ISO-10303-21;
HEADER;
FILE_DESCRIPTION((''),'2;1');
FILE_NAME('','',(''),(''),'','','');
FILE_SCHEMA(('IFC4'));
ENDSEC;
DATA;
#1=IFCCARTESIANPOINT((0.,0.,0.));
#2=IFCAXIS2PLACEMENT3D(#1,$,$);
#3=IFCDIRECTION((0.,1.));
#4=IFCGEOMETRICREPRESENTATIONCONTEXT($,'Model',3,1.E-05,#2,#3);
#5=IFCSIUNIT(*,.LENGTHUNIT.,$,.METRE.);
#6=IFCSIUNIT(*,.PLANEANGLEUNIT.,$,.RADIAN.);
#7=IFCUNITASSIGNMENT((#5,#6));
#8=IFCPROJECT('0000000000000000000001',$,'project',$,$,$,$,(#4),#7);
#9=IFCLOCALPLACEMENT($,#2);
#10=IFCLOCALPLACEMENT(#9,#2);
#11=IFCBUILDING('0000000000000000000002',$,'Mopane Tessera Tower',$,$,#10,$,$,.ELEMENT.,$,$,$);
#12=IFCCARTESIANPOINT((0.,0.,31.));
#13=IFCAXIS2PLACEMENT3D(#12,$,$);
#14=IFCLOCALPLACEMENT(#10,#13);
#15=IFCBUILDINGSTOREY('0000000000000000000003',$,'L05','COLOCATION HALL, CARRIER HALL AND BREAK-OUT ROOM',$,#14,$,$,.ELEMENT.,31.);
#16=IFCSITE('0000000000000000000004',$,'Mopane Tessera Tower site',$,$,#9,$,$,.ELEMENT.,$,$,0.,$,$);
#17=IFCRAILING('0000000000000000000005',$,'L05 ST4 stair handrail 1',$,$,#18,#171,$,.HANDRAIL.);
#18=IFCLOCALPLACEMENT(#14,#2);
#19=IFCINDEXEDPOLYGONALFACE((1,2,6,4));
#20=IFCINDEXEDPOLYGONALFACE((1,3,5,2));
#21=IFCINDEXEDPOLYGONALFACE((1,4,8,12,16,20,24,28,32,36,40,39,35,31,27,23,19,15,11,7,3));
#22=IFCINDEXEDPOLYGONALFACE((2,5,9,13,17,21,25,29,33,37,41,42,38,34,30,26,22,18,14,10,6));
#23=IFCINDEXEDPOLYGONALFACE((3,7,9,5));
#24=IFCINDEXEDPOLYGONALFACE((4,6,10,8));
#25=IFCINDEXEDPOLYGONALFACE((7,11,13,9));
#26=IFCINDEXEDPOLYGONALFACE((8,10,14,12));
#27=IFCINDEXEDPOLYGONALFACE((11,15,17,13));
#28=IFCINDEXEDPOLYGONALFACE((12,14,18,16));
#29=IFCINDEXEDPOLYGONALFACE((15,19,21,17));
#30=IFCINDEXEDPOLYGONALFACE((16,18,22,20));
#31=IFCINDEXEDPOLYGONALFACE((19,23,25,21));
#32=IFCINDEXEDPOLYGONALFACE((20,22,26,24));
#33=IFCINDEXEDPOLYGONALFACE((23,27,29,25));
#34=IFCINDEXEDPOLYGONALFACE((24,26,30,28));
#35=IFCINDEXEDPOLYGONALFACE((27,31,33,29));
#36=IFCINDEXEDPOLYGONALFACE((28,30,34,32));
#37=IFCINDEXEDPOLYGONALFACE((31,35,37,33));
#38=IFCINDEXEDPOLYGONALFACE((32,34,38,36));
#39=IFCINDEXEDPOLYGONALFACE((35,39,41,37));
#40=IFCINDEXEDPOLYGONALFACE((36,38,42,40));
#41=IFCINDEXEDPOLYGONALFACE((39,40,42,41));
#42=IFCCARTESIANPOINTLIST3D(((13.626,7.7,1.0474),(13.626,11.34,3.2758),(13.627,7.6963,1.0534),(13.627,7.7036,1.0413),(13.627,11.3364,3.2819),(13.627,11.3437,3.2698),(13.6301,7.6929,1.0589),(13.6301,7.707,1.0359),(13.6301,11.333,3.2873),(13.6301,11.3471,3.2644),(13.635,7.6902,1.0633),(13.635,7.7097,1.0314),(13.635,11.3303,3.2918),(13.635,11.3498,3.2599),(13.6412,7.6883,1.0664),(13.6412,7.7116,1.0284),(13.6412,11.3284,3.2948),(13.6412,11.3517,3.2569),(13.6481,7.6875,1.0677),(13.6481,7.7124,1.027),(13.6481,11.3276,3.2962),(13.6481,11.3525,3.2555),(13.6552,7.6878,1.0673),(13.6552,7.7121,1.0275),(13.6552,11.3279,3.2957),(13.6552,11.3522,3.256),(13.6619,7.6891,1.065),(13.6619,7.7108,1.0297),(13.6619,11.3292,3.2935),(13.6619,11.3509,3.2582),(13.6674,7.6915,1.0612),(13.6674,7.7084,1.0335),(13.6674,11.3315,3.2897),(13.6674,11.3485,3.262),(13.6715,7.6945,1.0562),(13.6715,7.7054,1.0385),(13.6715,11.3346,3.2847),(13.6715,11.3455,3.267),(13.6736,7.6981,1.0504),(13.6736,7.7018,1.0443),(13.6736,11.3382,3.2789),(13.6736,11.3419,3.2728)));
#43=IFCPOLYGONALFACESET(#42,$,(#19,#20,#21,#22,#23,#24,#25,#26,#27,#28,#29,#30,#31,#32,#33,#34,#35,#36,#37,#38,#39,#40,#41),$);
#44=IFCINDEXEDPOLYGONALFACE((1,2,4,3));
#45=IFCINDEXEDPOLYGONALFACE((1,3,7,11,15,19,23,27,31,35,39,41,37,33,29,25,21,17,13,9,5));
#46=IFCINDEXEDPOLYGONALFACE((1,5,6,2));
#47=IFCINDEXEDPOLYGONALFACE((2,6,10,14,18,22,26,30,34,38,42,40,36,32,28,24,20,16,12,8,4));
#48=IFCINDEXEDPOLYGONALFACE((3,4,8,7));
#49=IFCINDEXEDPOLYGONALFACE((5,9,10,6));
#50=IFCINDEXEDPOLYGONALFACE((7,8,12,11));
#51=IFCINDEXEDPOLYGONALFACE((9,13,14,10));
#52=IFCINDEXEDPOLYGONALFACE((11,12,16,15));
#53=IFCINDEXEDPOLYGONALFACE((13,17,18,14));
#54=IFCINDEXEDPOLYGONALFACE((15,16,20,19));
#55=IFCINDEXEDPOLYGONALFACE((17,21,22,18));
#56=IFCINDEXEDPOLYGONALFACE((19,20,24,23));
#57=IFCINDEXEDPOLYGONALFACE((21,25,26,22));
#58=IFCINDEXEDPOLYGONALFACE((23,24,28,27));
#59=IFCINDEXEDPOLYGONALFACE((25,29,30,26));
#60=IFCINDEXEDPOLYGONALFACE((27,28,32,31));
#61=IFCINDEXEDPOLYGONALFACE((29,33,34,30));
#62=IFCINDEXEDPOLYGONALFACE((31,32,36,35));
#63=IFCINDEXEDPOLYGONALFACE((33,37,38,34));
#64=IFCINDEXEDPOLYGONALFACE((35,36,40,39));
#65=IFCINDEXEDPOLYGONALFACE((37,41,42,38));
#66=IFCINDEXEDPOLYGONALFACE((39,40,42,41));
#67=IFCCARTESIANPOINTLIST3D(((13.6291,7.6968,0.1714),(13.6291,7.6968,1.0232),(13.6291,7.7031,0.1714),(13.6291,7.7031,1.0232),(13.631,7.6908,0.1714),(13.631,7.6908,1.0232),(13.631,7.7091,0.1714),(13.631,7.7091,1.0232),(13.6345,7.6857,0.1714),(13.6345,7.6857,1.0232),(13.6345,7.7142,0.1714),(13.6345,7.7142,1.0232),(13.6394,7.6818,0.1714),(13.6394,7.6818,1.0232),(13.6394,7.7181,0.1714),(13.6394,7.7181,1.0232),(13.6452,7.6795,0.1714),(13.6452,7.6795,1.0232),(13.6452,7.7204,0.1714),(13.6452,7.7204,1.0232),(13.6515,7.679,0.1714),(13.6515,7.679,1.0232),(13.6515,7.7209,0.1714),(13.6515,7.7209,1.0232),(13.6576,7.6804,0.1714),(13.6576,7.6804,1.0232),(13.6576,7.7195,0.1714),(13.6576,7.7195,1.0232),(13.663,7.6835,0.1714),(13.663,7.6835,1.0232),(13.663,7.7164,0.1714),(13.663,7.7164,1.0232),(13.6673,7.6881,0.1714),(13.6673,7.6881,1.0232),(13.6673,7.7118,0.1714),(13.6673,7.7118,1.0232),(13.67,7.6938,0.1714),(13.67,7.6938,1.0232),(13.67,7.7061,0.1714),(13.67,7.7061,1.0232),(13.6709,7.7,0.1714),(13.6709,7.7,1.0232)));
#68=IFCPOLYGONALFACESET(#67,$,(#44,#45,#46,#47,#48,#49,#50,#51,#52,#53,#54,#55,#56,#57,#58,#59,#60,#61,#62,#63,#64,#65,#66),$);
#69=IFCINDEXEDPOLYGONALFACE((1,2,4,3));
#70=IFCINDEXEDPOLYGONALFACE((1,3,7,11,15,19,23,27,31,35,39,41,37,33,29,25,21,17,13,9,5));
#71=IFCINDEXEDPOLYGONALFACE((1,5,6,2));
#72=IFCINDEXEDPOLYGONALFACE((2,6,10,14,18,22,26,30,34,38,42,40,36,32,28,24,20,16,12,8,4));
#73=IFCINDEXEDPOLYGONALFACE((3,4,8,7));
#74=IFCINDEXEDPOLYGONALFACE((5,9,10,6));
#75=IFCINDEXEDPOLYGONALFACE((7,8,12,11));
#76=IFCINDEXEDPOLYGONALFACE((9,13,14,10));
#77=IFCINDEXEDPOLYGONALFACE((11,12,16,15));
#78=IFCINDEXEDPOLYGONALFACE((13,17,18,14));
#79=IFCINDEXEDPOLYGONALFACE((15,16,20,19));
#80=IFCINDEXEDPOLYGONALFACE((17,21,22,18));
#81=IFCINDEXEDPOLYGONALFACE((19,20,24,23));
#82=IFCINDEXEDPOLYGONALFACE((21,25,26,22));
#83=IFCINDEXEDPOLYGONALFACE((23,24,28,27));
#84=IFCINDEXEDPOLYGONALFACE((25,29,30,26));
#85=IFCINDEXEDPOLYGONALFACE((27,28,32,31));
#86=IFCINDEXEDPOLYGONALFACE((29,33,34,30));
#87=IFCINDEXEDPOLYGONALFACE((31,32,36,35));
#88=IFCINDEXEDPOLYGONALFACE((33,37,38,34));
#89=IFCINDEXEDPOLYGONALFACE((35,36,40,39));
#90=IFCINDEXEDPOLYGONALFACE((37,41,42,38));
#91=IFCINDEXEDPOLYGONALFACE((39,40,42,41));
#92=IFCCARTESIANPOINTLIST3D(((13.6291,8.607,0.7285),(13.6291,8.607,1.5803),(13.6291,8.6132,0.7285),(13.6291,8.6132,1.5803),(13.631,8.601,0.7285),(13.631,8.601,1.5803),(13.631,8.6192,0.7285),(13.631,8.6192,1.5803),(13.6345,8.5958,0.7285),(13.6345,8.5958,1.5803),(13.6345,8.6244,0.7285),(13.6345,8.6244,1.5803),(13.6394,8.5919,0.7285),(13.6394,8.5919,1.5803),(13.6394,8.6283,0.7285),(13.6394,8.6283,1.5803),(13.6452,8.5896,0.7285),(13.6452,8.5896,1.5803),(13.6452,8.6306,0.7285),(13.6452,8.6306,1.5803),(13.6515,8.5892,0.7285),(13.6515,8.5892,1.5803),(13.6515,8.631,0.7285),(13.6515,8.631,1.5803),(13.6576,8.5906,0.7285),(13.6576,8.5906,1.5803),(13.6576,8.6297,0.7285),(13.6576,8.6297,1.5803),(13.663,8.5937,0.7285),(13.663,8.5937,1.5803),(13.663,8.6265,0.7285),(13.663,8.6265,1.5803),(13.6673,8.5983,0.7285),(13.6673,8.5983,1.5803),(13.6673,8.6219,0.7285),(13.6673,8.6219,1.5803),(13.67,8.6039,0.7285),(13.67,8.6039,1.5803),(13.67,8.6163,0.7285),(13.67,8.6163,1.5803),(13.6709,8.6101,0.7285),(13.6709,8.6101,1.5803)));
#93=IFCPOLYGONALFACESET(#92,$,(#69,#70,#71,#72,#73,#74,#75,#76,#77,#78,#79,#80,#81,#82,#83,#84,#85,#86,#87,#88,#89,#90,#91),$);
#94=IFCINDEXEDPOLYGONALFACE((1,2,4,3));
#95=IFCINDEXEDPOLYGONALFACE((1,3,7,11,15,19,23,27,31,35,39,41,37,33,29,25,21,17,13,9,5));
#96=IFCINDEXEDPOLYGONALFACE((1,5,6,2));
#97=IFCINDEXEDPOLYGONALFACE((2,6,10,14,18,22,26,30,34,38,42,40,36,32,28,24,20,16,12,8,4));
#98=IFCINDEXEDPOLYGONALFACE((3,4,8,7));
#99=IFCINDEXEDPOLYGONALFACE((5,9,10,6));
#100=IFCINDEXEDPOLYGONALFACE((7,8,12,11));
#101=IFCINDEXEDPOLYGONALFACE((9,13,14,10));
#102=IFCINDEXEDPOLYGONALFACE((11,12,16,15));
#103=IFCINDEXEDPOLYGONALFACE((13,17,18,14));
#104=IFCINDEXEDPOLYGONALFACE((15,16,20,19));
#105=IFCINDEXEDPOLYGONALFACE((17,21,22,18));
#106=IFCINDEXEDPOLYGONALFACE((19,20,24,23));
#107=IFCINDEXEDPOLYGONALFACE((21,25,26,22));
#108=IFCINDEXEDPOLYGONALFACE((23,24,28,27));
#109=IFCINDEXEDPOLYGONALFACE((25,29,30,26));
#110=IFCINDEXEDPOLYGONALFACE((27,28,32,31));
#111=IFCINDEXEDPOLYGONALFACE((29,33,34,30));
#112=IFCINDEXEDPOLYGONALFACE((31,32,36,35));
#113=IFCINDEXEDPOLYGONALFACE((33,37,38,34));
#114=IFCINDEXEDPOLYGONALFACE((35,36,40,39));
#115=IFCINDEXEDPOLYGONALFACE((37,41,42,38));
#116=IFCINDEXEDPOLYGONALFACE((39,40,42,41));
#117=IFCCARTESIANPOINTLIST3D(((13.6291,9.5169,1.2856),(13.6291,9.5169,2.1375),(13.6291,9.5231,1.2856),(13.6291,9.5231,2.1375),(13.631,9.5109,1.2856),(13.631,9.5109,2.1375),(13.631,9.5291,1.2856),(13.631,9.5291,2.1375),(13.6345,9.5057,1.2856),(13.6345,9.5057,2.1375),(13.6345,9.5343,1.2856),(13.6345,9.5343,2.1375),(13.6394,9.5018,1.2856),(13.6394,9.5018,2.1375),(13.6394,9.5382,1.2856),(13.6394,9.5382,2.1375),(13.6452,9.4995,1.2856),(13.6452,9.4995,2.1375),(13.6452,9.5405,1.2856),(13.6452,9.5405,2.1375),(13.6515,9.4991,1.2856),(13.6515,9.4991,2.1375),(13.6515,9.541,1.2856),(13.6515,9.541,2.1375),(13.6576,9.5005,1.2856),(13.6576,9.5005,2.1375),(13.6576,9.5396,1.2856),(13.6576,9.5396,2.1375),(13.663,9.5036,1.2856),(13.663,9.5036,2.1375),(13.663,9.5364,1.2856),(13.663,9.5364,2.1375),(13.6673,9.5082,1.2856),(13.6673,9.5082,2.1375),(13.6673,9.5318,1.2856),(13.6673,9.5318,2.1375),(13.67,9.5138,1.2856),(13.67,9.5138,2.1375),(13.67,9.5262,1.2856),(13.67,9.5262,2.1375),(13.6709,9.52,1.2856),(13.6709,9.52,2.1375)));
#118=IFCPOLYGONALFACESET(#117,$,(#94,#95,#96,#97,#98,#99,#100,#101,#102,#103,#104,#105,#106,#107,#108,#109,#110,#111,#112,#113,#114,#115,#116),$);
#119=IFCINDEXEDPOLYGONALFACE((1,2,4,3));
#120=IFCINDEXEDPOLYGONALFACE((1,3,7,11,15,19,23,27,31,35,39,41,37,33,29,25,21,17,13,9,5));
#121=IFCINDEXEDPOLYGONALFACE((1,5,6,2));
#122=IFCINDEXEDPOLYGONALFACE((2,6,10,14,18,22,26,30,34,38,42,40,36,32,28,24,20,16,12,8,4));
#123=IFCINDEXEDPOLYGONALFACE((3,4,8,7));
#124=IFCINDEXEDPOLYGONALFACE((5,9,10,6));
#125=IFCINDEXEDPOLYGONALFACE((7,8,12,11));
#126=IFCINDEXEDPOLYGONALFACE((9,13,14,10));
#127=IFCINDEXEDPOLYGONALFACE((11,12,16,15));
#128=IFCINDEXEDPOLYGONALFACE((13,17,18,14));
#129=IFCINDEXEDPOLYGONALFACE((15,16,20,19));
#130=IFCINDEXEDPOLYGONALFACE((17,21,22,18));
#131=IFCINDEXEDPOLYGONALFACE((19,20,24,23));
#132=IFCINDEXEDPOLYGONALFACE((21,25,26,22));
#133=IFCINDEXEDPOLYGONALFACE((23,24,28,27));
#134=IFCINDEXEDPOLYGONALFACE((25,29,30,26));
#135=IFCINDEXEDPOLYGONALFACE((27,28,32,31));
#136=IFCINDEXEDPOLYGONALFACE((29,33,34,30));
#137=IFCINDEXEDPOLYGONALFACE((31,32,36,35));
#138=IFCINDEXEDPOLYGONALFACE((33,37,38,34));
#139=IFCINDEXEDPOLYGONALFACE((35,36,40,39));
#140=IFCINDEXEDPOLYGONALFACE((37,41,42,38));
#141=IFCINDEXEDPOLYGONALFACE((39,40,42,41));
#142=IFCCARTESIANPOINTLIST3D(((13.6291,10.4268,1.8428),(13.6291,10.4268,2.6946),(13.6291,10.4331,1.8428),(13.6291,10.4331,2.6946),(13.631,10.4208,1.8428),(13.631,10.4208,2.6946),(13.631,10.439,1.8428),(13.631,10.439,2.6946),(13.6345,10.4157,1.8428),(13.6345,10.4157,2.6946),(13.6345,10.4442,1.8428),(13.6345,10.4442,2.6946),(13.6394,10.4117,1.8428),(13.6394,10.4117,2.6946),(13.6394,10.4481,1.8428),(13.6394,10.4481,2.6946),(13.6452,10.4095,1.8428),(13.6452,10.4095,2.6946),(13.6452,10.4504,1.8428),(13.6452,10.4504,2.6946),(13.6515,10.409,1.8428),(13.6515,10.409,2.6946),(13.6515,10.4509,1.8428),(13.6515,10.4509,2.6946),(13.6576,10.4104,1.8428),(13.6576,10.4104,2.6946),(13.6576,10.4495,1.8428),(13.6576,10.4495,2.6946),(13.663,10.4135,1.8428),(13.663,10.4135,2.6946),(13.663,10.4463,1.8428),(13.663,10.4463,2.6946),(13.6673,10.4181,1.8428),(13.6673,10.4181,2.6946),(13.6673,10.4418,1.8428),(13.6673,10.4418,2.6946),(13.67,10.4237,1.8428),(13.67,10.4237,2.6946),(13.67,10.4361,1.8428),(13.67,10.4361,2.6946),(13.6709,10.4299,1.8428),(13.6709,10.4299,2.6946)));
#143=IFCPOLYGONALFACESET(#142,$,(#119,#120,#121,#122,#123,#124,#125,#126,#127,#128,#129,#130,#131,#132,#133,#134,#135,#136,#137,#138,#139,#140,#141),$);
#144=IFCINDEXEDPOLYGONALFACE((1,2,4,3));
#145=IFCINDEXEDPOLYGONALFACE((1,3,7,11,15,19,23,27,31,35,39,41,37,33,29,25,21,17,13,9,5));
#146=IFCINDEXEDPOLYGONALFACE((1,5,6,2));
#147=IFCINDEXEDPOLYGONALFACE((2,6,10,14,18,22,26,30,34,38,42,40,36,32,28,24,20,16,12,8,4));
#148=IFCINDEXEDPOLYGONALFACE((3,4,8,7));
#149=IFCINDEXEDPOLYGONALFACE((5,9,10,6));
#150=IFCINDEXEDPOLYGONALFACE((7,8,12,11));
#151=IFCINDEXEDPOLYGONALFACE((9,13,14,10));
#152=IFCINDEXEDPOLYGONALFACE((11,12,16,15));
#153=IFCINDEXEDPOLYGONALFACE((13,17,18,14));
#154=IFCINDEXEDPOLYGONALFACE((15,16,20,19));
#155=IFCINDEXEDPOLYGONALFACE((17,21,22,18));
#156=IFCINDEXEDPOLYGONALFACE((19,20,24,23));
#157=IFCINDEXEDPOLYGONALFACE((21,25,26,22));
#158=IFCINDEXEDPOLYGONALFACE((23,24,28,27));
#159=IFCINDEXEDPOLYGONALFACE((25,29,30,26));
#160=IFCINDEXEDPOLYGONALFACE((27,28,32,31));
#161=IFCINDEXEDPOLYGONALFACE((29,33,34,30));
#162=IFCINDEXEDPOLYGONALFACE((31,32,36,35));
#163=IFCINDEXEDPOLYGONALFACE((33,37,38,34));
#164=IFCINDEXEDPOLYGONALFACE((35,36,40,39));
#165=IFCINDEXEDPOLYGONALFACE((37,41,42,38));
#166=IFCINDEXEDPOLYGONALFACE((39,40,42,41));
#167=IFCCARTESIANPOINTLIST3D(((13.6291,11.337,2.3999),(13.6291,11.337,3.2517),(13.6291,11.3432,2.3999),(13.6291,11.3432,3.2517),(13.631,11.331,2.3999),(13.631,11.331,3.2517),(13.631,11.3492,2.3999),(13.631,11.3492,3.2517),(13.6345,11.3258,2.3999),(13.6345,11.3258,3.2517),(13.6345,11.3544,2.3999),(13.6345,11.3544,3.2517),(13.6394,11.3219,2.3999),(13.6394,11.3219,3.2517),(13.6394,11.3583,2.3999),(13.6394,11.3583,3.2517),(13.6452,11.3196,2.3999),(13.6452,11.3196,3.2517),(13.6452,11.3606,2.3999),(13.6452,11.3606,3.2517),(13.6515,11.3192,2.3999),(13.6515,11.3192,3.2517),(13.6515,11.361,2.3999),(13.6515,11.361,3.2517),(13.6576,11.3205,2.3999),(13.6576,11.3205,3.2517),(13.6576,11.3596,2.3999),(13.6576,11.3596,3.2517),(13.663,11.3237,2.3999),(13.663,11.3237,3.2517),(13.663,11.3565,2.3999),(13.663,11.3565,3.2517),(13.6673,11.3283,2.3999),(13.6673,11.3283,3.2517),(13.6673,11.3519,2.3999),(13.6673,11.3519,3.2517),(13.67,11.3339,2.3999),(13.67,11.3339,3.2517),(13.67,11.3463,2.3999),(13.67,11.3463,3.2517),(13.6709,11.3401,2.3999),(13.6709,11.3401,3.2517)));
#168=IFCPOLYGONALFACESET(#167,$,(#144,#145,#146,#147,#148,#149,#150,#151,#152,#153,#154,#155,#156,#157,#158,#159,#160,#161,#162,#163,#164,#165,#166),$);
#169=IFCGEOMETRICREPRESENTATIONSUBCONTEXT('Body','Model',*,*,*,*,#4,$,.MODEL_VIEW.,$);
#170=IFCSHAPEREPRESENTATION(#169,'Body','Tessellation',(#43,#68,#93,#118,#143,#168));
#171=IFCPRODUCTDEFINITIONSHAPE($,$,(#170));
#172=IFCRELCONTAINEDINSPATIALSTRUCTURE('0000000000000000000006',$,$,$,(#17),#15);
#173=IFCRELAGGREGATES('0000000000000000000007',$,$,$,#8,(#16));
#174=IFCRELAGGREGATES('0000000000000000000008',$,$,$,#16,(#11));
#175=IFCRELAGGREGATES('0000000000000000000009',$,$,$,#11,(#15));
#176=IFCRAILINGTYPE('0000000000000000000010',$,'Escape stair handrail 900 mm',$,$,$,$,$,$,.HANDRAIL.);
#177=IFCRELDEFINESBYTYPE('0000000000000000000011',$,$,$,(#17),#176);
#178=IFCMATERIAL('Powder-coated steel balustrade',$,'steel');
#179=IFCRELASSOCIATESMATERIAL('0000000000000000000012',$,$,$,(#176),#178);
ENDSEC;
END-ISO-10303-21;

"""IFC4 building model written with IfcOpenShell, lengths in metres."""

from ifc_helpers import new_model, si_unit, direction, frame, origin, origin_2d, place, context, subcontext, project, spatial, circle, extrude, material, type_object, element, save


model = new_model("IFC4")

# Units and contexts
model_context = context("Model", 3, precision=1e-05, world=origin(), true_north=direction((0.0, 1.0)))
body_context = subcontext(model_context, "Body", "Model", "MODEL_VIEW")
ifc_project = project(units=[si_unit("LENGTHUNIT", "METRE"), si_unit("PLANEANGLEUNIT", "RADIAN")], contexts=[model_context])

# Site, building, storey
site_placement = place(None, origin())
site = spatial("IfcSite", under=ifc_project, at=site_placement, Name="Mopane Tessera Tower site", CompositionType="ELEMENT", RefElevation=0.0)
building_placement = place(site_placement, origin())
building = spatial("IfcBuilding", under=site, at=building_placement, Name="Mopane Tessera Tower", CompositionType="ELEMENT")
storey_placement = place(building_placement, frame((0.0, 0.0, 31.0)))
storey = spatial("IfcBuildingStorey", under=building, at=storey_placement, Name="L05", Description="COLOCATION HALL, CARRIER HALL AND BREAK-OUT ROOM", CompositionType="ELEMENT", Elevation=31.0)

# Railing
ifc_material_1 = material(Name="Powder-coated steel balustrade", Category="steel")
railing_type_1 = type_object("IfcRailingType", Name="Escape stair handrail 900 mm", PredefinedType="HANDRAIL", material=ifc_material_1)
railing_1_placement = place(storey_placement, frame((13.6499, 7.7, 0.1714)))
element("IfcRailing", 1, at=railing_1_placement, inside=storey, type_object=railing_type_1, Name="L05 ST4 stair handrail 1", PredefinedType="HANDRAIL", context=body_context, shape_type="SweptSolid", body=[
    extrude(circle(Radius=0.0239, at=origin_2d()), frame((0.0, 0.0, 0.876), z_axis=(0.0, 0.852866, 0.52213), x_axis=(-1.0, 0.0, 0.0)), (0.0, 0.0, 1.0), 4.2681),
    extrude(circle(Radius=0.021, at=origin_2d()), origin(), (0.0, 0.0, 1.0), 0.8518),
    extrude(circle(Radius=0.021, at=origin_2d()), frame((0.0, 0.9102, 0.5571)), (0.0, 0.0, 1.0), 0.8518),
    extrude(circle(Radius=0.021, at=origin_2d()), frame((0.0, 1.8201, 1.1143)), (0.0, 0.0, 1.0), 0.8518),
    extrude(circle(Radius=0.021, at=origin_2d()), frame((0.0, 2.73, 1.6714)), (0.0, 0.0, 1.0), 0.8518),
    extrude(circle(Radius=0.021, at=origin_2d()), frame((0.0, 3.6401, 2.2285)), (0.0, 0.0, 1.0), 0.8518),
])

save(model, "model.ifc")
